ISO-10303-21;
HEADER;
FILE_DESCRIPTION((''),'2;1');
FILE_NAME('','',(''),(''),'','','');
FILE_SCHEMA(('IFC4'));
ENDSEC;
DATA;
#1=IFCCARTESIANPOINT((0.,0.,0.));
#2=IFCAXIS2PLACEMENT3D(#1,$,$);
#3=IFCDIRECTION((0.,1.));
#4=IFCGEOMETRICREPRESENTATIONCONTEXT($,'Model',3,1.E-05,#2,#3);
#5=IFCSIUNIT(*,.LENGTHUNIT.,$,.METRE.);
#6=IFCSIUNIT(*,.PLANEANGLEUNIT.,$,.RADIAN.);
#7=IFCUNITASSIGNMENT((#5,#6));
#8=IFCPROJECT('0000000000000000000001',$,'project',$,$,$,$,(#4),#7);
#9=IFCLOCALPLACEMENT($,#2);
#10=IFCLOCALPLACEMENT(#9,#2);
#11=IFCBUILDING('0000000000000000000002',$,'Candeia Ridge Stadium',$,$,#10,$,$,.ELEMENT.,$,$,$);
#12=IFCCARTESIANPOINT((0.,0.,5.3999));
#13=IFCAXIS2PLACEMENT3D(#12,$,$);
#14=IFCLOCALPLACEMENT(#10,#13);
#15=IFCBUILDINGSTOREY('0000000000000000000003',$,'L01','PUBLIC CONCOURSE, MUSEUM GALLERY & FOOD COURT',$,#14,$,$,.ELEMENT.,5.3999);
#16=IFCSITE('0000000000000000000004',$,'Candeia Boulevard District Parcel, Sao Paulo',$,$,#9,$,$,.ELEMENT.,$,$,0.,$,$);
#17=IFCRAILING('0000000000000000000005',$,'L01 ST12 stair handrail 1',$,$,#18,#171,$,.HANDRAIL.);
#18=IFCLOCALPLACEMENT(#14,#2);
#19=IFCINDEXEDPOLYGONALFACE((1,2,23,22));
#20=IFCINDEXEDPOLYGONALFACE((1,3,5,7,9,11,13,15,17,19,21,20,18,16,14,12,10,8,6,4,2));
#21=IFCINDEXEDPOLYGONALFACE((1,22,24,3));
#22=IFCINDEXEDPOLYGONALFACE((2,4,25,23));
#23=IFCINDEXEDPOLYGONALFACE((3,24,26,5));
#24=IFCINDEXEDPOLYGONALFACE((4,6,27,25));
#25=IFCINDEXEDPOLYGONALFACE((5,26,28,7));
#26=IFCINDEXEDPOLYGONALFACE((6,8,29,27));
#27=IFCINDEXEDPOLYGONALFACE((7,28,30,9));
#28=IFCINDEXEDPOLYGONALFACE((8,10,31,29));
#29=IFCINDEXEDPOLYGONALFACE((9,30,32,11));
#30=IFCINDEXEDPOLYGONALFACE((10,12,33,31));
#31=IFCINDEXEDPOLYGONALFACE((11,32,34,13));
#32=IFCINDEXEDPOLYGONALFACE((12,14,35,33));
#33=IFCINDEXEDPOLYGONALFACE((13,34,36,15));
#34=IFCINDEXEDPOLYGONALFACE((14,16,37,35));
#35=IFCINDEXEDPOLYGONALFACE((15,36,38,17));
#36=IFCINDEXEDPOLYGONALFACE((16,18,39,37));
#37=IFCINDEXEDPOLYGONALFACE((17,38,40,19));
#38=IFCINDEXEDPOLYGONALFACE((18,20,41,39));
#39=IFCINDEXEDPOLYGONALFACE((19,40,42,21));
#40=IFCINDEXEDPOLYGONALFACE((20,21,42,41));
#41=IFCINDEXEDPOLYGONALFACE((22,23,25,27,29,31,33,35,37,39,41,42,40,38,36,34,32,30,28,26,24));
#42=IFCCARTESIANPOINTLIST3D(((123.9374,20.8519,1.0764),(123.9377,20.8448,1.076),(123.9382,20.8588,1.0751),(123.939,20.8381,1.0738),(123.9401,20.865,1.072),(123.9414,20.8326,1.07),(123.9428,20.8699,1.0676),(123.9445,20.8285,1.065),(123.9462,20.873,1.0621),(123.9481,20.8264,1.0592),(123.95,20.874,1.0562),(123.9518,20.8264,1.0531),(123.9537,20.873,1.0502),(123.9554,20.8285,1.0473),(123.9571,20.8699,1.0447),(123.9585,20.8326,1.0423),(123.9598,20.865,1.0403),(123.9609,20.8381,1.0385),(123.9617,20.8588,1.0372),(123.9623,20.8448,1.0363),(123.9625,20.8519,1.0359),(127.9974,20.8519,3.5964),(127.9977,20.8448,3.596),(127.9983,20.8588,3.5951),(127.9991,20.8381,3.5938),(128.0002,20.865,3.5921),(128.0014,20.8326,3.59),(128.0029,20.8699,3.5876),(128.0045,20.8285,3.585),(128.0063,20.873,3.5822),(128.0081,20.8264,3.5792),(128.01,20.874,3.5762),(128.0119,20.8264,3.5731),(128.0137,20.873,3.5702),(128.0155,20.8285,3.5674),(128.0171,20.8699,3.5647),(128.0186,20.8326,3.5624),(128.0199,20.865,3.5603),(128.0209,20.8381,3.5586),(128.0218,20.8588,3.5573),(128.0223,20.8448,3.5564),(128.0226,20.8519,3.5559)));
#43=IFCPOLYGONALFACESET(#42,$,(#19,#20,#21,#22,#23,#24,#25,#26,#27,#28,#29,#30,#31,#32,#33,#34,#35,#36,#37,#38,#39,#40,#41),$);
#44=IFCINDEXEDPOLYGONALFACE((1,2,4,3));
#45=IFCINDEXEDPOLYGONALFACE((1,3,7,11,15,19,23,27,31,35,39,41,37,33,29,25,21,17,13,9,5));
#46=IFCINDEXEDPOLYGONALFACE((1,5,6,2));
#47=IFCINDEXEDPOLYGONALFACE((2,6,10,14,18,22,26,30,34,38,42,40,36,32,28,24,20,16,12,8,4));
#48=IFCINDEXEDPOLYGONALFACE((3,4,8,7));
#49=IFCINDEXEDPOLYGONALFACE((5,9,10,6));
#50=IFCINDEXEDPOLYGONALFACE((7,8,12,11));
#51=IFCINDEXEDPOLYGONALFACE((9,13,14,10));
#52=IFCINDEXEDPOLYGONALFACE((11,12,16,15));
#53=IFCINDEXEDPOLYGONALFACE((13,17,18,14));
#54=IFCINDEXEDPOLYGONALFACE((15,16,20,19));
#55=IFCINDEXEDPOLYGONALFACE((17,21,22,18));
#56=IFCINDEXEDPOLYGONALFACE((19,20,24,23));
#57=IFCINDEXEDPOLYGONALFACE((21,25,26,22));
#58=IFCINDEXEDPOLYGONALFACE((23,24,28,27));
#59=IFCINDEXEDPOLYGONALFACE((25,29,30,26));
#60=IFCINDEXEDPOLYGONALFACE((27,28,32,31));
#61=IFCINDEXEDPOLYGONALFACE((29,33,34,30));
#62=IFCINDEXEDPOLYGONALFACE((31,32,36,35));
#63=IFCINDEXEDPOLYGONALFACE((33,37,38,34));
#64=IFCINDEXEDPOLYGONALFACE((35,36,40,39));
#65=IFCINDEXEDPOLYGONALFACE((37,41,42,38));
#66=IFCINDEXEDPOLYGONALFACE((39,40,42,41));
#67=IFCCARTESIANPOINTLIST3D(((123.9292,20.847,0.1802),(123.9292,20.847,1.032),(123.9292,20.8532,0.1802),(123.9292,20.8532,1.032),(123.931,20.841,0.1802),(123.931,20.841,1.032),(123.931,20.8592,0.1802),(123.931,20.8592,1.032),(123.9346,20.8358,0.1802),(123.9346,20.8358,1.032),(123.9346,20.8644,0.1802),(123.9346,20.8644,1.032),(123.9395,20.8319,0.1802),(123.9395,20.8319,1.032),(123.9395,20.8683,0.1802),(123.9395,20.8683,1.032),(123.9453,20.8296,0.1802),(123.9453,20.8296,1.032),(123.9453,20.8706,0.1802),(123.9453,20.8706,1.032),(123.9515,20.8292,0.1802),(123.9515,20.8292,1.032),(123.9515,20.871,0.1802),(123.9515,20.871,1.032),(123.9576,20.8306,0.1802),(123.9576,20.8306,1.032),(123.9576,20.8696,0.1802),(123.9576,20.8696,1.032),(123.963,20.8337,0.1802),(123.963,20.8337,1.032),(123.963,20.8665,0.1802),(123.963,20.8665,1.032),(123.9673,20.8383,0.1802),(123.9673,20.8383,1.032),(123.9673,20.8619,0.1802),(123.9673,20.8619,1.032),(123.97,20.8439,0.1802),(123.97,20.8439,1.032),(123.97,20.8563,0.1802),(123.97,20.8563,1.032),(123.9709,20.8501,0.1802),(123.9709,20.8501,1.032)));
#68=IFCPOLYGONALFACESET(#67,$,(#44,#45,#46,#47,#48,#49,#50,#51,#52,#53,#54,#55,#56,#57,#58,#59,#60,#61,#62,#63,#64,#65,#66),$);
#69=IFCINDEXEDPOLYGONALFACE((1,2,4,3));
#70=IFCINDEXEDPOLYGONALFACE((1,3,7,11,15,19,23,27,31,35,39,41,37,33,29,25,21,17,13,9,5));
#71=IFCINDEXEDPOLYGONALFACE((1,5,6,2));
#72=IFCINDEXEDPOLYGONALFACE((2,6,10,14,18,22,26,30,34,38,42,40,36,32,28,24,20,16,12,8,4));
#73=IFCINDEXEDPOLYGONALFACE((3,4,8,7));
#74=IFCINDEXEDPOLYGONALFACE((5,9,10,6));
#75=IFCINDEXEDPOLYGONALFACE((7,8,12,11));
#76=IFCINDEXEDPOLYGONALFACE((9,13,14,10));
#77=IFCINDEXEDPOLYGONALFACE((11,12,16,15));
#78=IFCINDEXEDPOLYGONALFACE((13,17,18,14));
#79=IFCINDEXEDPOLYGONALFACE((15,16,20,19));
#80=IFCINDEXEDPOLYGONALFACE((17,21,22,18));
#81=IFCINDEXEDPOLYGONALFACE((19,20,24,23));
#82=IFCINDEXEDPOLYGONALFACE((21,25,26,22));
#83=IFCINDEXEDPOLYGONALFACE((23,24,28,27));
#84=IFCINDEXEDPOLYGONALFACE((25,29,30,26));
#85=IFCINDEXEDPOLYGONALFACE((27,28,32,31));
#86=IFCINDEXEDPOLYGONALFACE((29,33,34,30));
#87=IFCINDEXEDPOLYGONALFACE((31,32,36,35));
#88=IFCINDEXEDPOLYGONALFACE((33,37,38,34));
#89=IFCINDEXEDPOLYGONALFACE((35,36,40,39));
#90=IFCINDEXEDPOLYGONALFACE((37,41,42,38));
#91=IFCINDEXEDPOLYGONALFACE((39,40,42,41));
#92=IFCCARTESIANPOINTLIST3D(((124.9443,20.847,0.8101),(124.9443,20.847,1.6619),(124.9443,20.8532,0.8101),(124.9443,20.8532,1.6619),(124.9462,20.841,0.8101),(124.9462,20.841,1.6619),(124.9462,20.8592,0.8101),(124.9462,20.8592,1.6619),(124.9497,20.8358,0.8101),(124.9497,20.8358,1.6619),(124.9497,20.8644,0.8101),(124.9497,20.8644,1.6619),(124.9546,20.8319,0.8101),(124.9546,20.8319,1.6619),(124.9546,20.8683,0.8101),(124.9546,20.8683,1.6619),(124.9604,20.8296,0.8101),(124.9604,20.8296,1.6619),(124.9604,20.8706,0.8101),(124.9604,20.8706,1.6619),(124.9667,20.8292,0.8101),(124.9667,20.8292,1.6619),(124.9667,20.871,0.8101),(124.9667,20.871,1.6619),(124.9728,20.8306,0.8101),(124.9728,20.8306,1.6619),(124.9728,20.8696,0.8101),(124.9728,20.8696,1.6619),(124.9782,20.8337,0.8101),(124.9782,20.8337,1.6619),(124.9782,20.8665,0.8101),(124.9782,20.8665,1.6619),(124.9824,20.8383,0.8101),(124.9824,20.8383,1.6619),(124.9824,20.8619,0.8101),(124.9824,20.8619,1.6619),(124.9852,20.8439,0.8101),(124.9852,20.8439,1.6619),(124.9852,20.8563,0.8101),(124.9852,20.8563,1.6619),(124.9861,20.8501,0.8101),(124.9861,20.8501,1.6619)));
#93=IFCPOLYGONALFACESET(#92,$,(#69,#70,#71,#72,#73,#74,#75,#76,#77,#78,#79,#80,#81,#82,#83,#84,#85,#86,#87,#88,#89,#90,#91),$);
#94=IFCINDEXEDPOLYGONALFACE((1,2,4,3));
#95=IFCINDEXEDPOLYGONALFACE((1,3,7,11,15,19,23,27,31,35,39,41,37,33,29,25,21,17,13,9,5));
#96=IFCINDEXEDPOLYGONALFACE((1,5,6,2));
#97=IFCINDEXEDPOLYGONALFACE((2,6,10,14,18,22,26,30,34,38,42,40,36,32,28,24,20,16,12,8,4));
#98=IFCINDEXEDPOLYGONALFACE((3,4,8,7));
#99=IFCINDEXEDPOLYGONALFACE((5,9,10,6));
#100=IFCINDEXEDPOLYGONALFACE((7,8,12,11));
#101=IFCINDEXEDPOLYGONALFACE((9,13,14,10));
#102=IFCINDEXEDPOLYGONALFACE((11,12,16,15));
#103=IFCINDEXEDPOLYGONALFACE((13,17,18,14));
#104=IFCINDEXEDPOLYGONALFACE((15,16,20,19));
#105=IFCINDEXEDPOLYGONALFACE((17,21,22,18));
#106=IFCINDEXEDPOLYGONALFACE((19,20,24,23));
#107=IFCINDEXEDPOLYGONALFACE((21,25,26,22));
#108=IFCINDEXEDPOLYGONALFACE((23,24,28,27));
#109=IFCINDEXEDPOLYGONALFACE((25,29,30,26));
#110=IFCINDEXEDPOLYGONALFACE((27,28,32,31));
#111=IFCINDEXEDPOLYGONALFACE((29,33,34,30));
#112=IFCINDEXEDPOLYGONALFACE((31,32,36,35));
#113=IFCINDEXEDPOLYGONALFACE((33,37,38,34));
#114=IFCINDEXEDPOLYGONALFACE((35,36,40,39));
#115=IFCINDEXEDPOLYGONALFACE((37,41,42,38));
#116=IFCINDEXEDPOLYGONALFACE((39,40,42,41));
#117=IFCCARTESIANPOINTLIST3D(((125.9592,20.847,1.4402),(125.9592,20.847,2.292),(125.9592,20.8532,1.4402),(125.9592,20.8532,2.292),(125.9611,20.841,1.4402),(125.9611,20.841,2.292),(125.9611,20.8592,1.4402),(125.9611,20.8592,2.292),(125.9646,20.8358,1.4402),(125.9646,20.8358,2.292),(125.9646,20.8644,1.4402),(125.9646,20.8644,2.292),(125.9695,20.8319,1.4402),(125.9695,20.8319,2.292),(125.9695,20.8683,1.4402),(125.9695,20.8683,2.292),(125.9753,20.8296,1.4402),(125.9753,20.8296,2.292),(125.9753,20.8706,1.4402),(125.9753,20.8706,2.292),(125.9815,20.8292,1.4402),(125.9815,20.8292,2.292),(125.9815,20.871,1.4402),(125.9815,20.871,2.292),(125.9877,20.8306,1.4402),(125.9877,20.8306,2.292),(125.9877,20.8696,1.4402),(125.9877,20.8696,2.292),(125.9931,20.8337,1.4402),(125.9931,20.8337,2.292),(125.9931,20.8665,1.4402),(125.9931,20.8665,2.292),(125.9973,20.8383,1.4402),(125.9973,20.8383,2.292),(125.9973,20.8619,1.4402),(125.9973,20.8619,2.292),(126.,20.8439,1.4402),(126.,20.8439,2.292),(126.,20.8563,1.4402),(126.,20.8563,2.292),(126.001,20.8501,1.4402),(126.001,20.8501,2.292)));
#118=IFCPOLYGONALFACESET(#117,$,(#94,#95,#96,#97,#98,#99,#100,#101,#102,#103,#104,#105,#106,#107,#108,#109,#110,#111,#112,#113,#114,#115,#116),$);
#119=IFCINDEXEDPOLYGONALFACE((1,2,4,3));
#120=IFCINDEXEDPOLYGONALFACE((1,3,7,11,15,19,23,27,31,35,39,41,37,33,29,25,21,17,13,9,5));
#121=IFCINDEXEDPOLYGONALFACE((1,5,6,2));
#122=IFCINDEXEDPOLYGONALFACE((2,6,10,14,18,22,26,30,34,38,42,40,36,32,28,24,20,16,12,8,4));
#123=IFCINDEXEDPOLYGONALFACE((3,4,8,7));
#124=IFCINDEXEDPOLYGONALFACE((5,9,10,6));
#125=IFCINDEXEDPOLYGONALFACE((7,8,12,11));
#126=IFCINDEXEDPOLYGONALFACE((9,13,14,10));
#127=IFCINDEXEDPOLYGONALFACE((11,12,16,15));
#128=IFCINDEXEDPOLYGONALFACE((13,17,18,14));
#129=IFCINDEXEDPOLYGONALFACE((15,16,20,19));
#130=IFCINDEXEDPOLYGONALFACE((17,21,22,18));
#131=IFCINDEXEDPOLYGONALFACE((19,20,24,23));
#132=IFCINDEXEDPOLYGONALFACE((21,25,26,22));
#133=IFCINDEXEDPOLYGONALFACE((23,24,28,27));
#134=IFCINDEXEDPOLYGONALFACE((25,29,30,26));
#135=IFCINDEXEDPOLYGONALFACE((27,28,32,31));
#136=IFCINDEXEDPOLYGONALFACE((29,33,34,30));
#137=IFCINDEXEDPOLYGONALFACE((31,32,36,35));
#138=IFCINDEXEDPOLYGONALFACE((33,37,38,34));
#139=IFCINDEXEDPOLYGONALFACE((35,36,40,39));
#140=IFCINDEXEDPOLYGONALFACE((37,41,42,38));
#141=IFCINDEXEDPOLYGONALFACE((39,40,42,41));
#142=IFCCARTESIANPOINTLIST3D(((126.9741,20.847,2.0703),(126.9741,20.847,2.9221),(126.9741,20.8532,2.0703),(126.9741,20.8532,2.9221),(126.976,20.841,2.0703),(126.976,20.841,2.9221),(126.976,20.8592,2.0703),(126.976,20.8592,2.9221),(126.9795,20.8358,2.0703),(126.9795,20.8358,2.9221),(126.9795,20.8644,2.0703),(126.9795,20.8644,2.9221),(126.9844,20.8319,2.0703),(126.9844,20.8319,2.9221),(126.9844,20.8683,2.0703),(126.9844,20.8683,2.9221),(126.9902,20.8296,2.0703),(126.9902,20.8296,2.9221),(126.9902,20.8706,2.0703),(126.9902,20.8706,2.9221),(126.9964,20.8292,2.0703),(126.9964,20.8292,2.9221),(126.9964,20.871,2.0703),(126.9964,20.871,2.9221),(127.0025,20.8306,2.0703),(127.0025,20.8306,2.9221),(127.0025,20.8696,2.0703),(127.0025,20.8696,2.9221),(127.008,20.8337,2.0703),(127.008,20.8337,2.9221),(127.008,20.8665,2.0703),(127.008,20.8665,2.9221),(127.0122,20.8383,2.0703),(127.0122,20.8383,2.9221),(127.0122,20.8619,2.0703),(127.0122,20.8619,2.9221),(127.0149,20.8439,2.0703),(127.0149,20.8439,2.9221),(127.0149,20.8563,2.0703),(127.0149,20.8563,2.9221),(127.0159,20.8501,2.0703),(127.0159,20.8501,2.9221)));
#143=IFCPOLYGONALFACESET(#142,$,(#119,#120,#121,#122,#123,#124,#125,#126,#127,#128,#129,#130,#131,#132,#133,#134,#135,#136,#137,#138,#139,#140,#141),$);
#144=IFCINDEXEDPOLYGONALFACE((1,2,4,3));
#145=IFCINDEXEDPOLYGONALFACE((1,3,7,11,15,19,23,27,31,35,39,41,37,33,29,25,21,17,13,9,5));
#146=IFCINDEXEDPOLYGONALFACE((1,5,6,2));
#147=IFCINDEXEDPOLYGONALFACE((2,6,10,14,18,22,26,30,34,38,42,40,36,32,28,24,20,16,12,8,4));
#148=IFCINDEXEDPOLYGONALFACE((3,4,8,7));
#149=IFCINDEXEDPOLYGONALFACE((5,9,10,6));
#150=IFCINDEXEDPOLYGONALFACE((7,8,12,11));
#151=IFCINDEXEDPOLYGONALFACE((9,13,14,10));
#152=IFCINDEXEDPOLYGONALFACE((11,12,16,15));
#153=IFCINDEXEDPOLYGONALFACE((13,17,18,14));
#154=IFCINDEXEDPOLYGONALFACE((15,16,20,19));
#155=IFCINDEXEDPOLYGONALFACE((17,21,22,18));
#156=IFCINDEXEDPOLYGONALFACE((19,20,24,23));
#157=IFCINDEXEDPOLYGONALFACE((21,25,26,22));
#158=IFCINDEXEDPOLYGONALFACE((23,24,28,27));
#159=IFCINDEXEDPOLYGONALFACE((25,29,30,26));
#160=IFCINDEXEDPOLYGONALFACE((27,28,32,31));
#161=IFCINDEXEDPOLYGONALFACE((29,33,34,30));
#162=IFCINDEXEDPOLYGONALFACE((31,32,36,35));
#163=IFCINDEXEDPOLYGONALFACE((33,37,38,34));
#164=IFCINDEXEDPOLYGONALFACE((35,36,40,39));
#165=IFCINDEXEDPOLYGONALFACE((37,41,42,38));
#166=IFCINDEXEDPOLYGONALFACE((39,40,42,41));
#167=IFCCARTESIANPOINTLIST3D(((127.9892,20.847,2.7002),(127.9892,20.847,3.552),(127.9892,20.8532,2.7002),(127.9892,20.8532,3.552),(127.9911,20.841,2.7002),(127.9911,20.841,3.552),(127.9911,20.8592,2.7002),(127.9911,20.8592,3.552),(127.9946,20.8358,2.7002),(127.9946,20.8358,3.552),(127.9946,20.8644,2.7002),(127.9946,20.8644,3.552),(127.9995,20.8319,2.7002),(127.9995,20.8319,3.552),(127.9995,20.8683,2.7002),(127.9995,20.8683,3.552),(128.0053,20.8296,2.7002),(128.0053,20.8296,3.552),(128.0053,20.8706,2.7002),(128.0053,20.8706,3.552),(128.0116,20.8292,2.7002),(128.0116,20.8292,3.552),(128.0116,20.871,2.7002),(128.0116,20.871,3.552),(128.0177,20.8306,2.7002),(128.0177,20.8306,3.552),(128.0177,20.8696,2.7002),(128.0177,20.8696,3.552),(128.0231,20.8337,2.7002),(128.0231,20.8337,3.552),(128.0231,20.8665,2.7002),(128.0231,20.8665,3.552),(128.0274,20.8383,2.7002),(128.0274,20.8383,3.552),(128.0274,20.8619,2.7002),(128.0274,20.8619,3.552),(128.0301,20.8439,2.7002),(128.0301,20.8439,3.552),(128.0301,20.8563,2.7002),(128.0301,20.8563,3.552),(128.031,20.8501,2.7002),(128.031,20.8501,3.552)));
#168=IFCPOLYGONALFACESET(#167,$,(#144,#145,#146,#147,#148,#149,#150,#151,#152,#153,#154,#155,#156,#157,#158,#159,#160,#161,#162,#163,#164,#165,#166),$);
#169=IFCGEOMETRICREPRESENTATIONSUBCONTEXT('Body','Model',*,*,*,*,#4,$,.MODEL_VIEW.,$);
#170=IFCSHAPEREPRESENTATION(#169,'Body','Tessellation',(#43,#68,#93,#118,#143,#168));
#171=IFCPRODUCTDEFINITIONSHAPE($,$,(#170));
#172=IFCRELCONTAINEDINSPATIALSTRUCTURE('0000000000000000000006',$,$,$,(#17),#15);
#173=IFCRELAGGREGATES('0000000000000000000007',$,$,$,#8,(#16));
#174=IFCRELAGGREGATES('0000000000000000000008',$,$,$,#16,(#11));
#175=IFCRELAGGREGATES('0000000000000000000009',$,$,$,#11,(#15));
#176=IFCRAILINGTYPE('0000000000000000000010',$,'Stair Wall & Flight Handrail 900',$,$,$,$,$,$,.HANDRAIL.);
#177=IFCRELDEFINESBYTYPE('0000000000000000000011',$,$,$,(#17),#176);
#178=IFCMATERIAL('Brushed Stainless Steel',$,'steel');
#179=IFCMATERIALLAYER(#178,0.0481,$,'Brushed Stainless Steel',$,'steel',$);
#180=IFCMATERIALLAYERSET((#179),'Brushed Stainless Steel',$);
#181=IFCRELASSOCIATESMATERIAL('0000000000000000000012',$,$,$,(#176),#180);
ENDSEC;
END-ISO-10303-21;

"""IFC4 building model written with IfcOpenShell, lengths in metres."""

from ifc_helpers import new_model, si_unit, direction, frame, origin, origin_2d, place, context, subcontext, project, spatial, circle, extrude, material, layer, layer_set, type_object, element, save


model = new_model("IFC4")

# Units and contexts
model_context = context("Model", 3, precision=1e-05, world=origin(), true_north=direction((0.0, 1.0)))
body_context = subcontext(model_context, "Body", "Model", "MODEL_VIEW")
ifc_project = project(units=[si_unit("LENGTHUNIT", "METRE"), si_unit("PLANEANGLEUNIT", "RADIAN")], contexts=[model_context])

# Site, building, storey
site_placement = place(None, origin())
site = spatial("IfcSite", under=ifc_project, at=site_placement, Name="Candeia Boulevard District Parcel, Sao Paulo", CompositionType="ELEMENT", RefElevation=0.0)
building_placement = place(site_placement, origin())
building = spatial("IfcBuilding", under=site, at=building_placement, Name="Candeia Ridge Stadium", CompositionType="ELEMENT")
storey_placement = place(building_placement, frame((0.0, 0.0, 5.3999)))
storey = spatial("IfcBuildingStorey", under=building, at=storey_placement, Name="L01", Description="PUBLIC CONCOURSE, MUSEUM GALLERY & FOOD COURT", CompositionType="ELEMENT", Elevation=5.3999)

# Railing
ifc_material_1 = material(Name="Brushed Stainless Steel", Category="steel")
ifc_layer_1 = layer(ifc_material_1, 0.0481, Name="Brushed Stainless Steel", Category="steel")
ifc_layer_set_1 = layer_set([ifc_layer_1], Name="Brushed Stainless Steel")
railing_type_1 = type_object("IfcRailingType", Name="Stair Wall & Flight Handrail 900", PredefinedType="HANDRAIL", material=ifc_layer_set_1)
railing_1_placement = place(storey_placement, frame((123.95, 20.8501, 0.1802)))
element("IfcRailing", 1, at=railing_1_placement, inside=storey, type_object=railing_type_1, Name="L01 ST12 stair handrail 1", PredefinedType="HANDRAIL", context=body_context, shape_type="SweptSolid", body=[
    extrude(circle(Radius=0.0239, at=origin_2d()), frame((0.0, 0.0, 0.876), z_axis=(0.849642, 0.0, 0.52736), x_axis=(0.0, 1.0, 0.0)), (0.0, 0.0, 1.0), 4.7786),
    extrude(circle(Radius=0.021, at=origin_2d()), origin(), (0.0, 0.0, 1.0), 0.8518),
    extrude(circle(Radius=0.021, at=origin_2d()), frame((1.0151, 0.0, 0.6299)), (0.0, 0.0, 1.0), 0.8518),
    extrude(circle(Radius=0.021, at=origin_2d()), frame((2.03, 0.0, 1.26)), (0.0, 0.0, 1.0), 0.8518),
    extrude(circle(Radius=0.021, at=origin_2d()), frame((3.0449, 0.0, 1.8901)), (0.0, 0.0, 1.0), 0.8518),
    extrude(circle(Radius=0.021, at=origin_2d()), frame((4.0601, 0.0, 2.52)), (0.0, 0.0, 1.0), 0.8518),
])

save(model, "model.ifc")
